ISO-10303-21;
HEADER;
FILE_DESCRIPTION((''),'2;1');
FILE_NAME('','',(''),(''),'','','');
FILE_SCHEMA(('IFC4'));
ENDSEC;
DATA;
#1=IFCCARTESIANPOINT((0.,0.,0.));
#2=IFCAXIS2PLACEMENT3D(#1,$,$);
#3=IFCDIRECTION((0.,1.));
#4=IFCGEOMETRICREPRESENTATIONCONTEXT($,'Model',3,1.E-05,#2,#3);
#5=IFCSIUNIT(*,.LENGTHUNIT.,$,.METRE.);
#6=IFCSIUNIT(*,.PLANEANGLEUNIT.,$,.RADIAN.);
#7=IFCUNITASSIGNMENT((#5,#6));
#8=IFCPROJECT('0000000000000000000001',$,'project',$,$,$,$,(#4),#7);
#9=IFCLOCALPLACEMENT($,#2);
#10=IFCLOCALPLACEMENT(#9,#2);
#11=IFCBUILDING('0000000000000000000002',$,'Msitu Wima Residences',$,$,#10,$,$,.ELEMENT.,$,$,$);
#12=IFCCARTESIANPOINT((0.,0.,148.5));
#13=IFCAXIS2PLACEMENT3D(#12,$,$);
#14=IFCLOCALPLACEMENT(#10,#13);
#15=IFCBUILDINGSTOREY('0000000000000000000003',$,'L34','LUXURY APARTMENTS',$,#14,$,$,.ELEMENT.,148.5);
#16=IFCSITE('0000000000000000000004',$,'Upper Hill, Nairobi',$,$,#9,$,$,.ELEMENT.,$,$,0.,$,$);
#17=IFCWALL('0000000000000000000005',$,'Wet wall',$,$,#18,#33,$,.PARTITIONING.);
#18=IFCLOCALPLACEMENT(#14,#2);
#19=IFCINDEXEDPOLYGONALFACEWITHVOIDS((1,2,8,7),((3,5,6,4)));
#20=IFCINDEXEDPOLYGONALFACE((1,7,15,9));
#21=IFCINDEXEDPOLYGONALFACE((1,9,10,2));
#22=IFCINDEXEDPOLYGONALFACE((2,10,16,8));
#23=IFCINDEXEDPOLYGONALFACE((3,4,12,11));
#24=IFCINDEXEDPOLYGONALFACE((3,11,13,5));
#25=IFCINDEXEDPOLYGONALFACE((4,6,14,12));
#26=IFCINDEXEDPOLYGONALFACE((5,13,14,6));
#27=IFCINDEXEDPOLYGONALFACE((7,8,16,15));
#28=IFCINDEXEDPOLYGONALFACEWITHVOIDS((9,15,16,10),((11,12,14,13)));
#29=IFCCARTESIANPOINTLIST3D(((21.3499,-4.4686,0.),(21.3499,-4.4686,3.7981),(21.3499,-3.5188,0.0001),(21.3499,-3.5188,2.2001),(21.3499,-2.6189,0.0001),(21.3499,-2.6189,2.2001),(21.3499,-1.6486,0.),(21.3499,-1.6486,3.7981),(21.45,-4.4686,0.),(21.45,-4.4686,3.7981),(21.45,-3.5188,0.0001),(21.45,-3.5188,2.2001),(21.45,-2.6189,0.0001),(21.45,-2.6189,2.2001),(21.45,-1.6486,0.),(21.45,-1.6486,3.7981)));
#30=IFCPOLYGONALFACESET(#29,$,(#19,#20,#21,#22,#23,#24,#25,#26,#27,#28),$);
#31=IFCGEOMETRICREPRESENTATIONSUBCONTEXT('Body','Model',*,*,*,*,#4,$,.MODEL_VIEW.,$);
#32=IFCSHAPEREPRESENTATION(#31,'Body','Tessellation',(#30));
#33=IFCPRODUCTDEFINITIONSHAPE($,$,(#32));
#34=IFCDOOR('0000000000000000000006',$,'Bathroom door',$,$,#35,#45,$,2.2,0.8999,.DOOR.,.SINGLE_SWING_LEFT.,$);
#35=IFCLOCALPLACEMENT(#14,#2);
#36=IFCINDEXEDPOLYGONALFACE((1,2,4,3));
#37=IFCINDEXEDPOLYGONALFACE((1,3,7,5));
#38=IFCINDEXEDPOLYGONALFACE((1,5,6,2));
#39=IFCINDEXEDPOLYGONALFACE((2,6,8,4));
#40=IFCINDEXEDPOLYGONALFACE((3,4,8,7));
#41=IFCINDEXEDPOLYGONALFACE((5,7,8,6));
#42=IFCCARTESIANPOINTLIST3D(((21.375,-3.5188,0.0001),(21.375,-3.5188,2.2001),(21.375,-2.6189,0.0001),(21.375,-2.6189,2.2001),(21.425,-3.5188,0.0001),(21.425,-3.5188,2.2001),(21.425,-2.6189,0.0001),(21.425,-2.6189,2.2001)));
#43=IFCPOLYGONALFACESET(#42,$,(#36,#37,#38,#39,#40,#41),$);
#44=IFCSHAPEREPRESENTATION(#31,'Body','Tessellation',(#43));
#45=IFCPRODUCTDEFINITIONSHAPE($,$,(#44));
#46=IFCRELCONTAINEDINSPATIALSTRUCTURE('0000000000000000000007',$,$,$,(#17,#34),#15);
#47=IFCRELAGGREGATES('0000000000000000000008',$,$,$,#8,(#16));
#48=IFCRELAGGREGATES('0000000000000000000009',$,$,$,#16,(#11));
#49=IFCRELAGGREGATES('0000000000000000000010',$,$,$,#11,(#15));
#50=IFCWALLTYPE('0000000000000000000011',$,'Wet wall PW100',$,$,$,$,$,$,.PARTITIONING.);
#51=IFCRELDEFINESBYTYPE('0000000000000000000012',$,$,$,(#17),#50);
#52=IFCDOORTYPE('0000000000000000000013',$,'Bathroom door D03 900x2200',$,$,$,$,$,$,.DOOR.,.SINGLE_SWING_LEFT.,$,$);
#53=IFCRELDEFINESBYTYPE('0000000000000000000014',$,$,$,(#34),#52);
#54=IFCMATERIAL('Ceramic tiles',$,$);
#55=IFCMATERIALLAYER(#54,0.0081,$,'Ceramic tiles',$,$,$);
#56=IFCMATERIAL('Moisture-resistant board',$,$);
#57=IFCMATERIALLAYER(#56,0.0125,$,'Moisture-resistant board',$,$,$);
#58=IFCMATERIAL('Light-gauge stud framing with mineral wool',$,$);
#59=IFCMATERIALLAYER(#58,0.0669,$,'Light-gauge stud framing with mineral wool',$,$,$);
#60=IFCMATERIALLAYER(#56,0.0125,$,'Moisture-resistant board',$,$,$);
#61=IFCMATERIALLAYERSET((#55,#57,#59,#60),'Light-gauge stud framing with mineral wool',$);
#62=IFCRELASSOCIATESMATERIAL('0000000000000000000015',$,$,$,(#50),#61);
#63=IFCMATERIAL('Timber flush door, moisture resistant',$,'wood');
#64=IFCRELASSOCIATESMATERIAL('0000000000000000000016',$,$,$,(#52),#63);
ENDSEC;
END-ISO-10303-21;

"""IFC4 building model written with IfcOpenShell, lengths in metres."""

from ifc_helpers import new_model, si_unit, direction, frame, frame_2d, origin, place, context, subcontext, project, spatial, rectangle, extrude, material, layer, layer_set, type_object, element, fill, save


model = new_model("IFC4")

# Units and contexts
model_context = context("Model", 3, precision=1e-05, world=origin(), true_north=direction((0.0, 1.0)))
body_context = subcontext(model_context, "Body", "Model", "MODEL_VIEW")
ifc_project = project(units=[si_unit("LENGTHUNIT", "METRE"), si_unit("PLANEANGLEUNIT", "RADIAN")], contexts=[model_context])

# Site, building, storey
site_placement = place(None, origin())
site = spatial("IfcSite", under=ifc_project, at=site_placement, Name="Upper Hill, Nairobi", CompositionType="ELEMENT", RefElevation=0.0)
building_placement = place(site_placement, origin())
building = spatial("IfcBuilding", under=site, at=building_placement, Name="Msitu Wima Residences", CompositionType="ELEMENT")
storey_placement = place(building_placement, frame((0.0, 0.0, 148.5)))
storey = spatial("IfcBuildingStorey", under=building, at=storey_placement, Name="L34", Description="LUXURY APARTMENTS", CompositionType="ELEMENT", Elevation=148.5)

# Shared definitions
ifc_material_1 = material(Name="Ceramic tiles")
ifc_layer_1 = layer(ifc_material_1, 0.0081, Name="Ceramic tiles")
ifc_material_2 = material(Name="Moisture-resistant board")
ifc_layer_2 = layer(ifc_material_2, 0.0125, Name="Moisture-resistant board")
ifc_material_3 = material(Name="Light-gauge stud framing with mineral wool")
ifc_layer_3 = layer(ifc_material_3, 0.0669, Name="Light-gauge stud framing with mineral wool")
ifc_layer_4 = layer(ifc_material_2, 0.0125, Name="Moisture-resistant board")
ifc_layer_set_1 = layer_set([ifc_layer_1, ifc_layer_2, ifc_layer_3, ifc_layer_4], Name="Light-gauge stud framing with mineral wool")
wall_type_1 = type_object("IfcWallType", Name="Wet wall PW100", PredefinedType="PARTITIONING", material=ifc_layer_set_1)

# Wall, opening, door
wall_1_placement = place(storey_placement, frame((21.3999, -4.4688, 0.0), z_axis=(0.0, 0.0, 1.0), x_axis=(0.0, 1.0, 0.0)))
wall_1 = element("IfcWall", 1, at=wall_1_placement, inside=storey, type_object=wall_type_1, Name="Wet wall", PredefinedType="PARTITIONING", context=body_context, shape_type="SweptSolid", body=[
    extrude(rectangle(XDim=2.8201, YDim=0.1001, at=frame_2d((1.4102, 0.0))), origin(), (0.0, 0.0, 1.0), 3.7981),
])
opening_1_placement = place(wall_1_placement, frame((0.95, 0.0, 0.0)))
opening_1 = element("IfcOpeningElement", 2, at=opening_1_placement, cuts=wall_1, PredefinedType="OPENING", context=body_context, shape_type="SweptSolid", body=[
    extrude(rectangle(XDim=0.8999, YDim=2.2, at=frame_2d((0.45, 1.1001))), frame((0.0, 0.0601, 0.0), z_axis=(0.0, -1.0, 0.0), x_axis=(1.0, 0.0, 0.0)), (0.0, 0.0, 1.0), 0.1201),
])
ifc_material_4 = material(Name="Timber flush door, moisture resistant", Category="wood")
door_type_1 = type_object("IfcDoorType", Name="Bathroom door D03 900x2200", OperationType="SINGLE_SWING_LEFT", PredefinedType="DOOR", material=ifc_material_4)
door_1_placement = place(opening_1_placement, origin())
door_1 = element("IfcDoor", 3, at=door_1_placement, inside=storey, type_object=door_type_1, Name="Bathroom door", OperationType="SINGLE_SWING_LEFT", OverallHeight=2.2, OverallWidth=0.8999, PredefinedType="DOOR", context=body_context, shape_type="SweptSolid", body=[
    extrude(rectangle(XDim=0.8999, YDim=2.2, at=frame_2d((0.45, 1.1001))), frame((0.0, 0.0249, 0.0), z_axis=(0.0, -1.0, 0.0), x_axis=(1.0, 0.0, 0.0)), (0.0, 0.0, 1.0), 0.05),
])
fill(opening_1, door_1)

save(model, "model.ifc")
